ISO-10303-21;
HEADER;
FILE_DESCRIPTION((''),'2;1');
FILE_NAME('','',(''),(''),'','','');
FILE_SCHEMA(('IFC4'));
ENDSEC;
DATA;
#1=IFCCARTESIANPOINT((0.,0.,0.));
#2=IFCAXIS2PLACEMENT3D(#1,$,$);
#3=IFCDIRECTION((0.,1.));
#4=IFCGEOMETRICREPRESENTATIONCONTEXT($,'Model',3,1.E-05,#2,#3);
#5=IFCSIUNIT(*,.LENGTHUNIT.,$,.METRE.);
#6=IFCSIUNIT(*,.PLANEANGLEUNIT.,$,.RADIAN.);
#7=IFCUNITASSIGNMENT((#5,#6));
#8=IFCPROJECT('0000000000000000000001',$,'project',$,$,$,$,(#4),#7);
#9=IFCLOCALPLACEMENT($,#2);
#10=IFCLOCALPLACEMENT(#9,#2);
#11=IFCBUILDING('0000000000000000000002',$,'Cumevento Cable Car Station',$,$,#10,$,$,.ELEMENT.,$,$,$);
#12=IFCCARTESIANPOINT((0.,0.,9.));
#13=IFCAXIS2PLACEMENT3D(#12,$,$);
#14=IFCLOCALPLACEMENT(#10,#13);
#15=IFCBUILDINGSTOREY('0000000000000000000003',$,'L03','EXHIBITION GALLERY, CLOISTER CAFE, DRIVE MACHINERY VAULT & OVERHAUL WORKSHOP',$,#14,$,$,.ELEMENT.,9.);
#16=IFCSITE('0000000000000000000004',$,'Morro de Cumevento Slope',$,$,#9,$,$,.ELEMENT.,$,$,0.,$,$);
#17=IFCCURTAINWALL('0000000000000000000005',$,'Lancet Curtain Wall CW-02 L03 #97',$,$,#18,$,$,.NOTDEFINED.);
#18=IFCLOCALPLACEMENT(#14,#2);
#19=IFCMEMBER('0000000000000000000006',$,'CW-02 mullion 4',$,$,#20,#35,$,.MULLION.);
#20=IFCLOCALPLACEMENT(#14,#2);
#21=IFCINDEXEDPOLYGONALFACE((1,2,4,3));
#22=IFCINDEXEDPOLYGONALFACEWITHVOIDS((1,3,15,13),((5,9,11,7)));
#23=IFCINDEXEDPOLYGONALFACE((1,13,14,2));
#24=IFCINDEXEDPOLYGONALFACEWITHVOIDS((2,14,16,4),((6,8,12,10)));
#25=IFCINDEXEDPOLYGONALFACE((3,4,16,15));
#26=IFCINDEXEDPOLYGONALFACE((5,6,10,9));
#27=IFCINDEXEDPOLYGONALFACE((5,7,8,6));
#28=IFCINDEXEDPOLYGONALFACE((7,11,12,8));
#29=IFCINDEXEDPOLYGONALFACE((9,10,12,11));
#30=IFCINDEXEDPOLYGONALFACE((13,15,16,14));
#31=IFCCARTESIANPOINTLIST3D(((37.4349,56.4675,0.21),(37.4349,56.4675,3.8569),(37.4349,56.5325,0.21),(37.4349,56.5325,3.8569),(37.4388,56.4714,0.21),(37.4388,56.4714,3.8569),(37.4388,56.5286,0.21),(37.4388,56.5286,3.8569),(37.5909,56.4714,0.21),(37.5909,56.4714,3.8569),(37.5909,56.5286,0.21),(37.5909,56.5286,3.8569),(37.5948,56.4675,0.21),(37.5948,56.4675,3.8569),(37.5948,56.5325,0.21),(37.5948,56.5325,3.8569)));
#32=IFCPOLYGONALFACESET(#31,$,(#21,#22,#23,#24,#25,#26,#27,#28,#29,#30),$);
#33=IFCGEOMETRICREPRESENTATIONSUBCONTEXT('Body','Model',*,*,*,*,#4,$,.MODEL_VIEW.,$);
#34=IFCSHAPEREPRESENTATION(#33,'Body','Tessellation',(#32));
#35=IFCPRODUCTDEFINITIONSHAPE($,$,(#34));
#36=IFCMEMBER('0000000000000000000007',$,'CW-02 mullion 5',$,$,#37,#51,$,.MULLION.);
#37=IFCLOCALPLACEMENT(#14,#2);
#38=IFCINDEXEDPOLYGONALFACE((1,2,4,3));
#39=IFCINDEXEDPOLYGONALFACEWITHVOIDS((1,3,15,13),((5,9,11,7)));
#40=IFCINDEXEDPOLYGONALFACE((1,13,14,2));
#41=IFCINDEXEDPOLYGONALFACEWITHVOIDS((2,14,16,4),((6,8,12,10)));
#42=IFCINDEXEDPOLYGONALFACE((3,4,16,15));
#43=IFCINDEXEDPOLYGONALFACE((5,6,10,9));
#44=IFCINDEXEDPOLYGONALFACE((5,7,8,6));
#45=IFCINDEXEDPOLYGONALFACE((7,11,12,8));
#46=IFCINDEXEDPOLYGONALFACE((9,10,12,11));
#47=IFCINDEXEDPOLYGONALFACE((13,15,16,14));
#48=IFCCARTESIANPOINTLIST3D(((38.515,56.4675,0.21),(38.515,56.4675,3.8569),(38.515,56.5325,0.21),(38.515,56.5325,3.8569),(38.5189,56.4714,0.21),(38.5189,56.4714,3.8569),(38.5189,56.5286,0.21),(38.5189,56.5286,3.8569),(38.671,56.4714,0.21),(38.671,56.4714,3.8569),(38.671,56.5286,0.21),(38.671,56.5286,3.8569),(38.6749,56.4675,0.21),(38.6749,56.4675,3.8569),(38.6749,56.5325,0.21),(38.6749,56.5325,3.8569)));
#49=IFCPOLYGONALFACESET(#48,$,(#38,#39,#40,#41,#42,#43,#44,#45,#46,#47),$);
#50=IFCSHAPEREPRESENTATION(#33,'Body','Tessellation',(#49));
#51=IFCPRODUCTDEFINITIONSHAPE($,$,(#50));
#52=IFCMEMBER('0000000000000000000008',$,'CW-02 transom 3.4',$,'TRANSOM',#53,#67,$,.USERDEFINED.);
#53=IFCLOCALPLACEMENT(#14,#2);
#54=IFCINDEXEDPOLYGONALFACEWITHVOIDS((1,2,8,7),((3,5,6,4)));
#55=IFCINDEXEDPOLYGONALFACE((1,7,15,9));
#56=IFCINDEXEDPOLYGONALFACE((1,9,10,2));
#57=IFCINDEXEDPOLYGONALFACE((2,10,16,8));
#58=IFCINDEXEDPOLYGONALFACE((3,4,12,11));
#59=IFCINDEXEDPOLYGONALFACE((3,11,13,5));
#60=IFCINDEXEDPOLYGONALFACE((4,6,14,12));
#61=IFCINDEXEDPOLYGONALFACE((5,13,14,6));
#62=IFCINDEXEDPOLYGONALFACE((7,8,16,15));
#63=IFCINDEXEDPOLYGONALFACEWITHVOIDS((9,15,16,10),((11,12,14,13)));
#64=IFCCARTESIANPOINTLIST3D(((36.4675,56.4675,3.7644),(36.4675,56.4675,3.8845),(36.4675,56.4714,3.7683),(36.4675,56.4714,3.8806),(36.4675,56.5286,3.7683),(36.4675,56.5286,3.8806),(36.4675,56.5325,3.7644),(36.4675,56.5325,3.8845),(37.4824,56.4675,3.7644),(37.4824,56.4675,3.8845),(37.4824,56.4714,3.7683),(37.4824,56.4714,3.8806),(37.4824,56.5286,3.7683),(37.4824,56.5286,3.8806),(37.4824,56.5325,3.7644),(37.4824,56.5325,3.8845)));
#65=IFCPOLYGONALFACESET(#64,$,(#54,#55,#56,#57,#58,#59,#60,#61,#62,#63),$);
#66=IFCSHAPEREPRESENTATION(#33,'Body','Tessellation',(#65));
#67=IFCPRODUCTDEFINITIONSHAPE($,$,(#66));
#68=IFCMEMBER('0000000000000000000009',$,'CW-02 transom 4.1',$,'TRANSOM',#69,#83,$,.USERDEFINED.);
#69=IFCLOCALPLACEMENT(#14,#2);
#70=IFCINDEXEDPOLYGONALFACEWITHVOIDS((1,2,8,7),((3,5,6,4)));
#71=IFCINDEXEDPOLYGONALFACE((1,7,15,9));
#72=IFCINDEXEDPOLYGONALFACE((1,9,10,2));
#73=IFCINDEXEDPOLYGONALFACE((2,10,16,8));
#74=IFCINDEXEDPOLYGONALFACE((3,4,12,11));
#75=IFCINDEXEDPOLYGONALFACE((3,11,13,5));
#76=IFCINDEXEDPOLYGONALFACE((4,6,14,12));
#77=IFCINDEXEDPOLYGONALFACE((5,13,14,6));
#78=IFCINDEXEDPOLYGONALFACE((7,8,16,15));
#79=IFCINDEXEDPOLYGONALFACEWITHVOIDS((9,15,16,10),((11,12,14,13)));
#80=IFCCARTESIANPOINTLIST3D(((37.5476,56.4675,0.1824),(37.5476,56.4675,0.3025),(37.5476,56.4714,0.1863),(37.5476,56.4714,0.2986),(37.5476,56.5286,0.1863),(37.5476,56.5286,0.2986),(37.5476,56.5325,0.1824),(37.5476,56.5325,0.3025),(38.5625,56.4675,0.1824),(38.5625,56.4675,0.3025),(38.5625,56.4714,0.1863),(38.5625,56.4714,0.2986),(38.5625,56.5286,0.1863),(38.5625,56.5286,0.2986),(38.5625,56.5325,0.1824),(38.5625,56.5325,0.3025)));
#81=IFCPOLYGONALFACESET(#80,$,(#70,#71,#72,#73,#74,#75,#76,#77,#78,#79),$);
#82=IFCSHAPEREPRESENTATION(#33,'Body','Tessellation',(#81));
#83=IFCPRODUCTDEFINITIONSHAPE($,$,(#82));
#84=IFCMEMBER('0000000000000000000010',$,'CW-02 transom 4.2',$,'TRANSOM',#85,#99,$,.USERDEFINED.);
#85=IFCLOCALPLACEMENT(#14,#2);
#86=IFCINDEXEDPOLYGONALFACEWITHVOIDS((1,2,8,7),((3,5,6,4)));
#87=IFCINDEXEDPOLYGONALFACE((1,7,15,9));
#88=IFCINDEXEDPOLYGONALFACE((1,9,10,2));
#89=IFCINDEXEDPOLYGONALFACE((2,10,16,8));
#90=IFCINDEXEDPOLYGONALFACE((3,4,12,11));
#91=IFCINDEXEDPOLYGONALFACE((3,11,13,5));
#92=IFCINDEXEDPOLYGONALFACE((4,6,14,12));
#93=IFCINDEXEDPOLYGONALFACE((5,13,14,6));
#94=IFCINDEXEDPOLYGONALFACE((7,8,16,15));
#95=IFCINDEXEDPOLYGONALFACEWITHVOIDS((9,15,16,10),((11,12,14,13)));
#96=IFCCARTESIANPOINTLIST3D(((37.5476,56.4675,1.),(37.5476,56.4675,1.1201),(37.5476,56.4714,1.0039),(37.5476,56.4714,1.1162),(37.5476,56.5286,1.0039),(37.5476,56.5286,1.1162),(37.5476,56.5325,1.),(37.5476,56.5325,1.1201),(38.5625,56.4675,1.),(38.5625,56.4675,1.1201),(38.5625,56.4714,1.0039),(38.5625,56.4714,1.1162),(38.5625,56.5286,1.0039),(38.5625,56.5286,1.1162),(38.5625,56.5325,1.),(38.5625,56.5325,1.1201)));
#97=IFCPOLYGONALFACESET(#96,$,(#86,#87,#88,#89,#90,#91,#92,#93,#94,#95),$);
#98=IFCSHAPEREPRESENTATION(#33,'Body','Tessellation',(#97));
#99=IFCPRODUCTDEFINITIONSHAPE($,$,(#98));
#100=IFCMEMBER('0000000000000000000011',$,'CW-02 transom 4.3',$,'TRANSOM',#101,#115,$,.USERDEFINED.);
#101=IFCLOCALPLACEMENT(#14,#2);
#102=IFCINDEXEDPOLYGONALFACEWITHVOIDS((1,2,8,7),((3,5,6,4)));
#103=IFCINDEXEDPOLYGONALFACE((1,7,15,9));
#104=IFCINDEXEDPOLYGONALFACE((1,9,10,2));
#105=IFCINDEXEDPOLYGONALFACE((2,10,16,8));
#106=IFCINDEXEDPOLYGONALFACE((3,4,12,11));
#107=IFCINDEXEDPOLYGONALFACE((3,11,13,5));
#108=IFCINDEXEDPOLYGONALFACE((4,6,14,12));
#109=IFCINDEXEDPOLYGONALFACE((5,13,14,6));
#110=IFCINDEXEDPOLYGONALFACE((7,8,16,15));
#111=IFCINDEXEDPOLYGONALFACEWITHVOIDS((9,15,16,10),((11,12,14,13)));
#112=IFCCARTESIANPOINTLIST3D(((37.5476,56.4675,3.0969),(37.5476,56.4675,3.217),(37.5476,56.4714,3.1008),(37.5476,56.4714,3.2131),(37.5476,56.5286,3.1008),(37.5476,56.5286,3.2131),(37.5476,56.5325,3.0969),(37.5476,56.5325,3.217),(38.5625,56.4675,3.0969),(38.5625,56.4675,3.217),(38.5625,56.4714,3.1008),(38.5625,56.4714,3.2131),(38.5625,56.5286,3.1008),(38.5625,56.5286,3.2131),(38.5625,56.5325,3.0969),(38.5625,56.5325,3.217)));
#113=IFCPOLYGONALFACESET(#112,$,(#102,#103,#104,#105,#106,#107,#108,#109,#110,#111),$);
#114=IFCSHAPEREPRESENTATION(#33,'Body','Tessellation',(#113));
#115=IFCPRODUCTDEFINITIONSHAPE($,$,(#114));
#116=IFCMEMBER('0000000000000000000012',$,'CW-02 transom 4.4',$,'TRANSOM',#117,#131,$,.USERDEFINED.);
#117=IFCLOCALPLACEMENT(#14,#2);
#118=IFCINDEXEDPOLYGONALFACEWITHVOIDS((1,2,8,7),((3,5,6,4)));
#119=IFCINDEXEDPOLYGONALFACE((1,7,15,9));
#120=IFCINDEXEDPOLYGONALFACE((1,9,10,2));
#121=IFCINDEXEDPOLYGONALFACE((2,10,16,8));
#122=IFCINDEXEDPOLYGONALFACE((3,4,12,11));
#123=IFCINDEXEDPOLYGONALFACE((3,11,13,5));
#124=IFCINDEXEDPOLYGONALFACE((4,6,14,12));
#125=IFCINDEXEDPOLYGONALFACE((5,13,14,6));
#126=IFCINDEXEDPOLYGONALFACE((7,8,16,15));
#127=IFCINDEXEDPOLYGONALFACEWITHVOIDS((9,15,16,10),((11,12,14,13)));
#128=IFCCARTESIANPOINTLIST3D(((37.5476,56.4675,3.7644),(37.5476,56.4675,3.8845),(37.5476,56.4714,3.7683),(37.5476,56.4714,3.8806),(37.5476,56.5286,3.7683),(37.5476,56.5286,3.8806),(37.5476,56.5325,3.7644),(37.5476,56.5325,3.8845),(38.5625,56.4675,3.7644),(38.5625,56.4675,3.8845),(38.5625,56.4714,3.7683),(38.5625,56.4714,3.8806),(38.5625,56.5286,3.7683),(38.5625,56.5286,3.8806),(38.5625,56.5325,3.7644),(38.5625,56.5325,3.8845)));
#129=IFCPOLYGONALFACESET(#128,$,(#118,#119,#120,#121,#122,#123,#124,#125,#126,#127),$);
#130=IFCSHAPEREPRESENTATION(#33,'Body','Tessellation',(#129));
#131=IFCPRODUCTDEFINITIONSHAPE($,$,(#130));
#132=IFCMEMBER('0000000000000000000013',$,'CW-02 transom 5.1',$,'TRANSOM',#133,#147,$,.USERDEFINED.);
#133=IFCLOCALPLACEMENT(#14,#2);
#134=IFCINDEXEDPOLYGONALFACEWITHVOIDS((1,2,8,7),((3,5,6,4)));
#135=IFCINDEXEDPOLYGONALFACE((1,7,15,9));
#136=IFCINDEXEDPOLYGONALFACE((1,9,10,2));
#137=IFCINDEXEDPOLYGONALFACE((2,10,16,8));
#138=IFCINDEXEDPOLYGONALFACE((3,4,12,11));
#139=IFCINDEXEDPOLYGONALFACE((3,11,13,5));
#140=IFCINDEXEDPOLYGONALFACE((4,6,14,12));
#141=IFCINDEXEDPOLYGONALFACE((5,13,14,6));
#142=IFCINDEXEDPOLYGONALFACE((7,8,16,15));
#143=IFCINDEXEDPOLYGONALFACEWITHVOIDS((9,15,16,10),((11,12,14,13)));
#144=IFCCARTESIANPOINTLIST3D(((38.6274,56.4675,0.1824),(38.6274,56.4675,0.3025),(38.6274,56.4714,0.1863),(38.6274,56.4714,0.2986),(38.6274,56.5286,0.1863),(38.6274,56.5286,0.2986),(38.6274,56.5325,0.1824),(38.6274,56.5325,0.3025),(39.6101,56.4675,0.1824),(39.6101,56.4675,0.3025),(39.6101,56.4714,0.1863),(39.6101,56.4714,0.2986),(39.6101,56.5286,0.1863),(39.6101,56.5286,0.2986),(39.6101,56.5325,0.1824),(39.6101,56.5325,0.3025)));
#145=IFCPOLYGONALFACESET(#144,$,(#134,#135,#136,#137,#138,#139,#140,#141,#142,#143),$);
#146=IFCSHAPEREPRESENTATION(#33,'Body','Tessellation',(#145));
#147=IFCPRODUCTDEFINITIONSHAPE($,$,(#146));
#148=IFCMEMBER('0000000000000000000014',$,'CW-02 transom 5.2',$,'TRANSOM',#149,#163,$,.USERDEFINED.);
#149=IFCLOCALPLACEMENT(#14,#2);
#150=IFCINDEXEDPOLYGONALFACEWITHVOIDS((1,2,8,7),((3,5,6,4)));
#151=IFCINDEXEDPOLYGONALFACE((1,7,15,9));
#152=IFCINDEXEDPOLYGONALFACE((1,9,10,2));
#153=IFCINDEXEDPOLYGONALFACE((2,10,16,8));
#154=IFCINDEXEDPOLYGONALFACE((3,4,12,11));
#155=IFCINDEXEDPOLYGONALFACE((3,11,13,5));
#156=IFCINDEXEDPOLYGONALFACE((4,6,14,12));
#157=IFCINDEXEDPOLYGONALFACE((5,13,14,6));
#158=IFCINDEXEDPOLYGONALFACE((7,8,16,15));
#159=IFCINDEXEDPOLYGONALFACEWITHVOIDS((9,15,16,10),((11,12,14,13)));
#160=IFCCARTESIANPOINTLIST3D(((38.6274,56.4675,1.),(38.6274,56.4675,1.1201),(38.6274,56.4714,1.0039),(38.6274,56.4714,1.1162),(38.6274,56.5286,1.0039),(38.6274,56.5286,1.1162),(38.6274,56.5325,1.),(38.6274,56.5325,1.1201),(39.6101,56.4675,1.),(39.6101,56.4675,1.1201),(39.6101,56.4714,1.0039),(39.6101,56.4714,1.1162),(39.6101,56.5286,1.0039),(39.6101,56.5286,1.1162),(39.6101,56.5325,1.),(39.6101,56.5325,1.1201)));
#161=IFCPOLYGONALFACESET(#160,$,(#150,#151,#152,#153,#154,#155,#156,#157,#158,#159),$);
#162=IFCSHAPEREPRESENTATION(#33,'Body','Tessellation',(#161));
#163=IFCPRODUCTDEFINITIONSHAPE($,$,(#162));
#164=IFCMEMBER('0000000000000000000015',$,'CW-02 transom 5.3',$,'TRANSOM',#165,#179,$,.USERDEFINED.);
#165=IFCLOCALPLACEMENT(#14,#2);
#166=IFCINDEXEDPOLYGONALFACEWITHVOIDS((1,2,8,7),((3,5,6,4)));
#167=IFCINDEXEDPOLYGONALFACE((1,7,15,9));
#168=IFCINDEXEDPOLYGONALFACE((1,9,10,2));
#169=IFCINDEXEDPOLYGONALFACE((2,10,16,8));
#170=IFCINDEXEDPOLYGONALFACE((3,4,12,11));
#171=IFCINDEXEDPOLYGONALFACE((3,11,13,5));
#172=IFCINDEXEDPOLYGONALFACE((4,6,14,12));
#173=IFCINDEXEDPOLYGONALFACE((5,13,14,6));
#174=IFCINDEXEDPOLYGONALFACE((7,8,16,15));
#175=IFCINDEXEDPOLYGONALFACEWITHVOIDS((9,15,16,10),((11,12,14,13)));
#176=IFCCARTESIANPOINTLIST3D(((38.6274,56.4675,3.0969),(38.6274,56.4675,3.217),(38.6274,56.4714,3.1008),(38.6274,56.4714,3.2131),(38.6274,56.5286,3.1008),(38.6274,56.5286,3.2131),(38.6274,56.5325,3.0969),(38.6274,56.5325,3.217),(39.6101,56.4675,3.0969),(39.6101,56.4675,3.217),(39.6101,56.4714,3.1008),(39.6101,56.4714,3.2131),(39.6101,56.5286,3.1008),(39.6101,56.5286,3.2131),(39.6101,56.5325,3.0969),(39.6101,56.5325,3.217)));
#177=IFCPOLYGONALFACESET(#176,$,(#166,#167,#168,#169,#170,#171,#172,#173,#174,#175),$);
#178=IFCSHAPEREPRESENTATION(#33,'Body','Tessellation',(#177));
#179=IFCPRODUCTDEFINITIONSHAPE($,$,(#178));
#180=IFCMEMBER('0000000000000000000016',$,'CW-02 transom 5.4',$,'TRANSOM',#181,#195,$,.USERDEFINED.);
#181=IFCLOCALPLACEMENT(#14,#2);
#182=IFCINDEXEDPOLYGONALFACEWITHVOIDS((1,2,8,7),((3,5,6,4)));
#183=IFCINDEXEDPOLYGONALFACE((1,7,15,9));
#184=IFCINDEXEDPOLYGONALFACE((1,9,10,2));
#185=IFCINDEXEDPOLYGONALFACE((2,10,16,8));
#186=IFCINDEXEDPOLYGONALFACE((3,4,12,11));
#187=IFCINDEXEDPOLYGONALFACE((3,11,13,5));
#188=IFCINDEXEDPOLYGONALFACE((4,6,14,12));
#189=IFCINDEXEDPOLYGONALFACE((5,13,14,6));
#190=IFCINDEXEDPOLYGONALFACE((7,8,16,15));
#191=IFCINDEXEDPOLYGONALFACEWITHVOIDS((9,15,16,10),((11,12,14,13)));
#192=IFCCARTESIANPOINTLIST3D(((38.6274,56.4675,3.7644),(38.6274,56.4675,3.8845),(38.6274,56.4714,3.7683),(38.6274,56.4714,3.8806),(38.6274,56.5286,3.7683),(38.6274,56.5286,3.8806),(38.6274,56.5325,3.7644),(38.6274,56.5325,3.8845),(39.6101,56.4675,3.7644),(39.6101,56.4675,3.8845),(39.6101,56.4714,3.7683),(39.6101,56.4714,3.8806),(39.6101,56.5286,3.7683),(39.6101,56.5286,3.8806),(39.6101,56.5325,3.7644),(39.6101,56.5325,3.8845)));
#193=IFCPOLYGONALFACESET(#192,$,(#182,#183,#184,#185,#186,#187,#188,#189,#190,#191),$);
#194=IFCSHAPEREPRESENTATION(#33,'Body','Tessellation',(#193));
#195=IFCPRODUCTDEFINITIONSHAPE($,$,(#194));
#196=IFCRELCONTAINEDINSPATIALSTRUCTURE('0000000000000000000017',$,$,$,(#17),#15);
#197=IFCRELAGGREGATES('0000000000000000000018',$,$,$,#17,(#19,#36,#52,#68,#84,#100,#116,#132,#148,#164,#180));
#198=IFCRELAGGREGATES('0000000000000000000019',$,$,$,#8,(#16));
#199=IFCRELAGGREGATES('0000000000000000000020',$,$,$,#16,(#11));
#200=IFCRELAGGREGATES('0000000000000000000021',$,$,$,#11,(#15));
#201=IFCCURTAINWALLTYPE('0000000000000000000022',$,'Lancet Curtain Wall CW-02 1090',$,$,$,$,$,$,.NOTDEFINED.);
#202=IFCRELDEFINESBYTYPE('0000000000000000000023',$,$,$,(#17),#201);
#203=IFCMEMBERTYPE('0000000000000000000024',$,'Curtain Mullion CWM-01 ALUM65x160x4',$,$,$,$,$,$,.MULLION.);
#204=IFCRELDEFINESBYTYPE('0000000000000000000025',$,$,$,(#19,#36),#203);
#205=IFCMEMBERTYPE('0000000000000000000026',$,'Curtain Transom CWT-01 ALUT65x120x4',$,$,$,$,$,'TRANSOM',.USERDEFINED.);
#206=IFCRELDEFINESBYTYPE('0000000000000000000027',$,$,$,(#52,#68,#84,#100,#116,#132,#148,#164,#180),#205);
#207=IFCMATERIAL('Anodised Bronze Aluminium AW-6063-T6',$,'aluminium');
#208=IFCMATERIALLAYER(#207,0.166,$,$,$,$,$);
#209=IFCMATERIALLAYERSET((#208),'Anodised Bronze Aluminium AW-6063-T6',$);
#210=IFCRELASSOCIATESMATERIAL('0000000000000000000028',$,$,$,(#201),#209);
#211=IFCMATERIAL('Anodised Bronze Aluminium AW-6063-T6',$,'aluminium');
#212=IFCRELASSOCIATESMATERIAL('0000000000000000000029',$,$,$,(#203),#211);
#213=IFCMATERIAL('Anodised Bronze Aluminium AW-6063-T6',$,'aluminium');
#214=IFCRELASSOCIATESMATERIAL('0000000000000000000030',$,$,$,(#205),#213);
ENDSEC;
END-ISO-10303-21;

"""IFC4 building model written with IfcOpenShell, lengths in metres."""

from ifc_helpers import new_model, si_unit, direction, frame, origin, origin_2d, place, context, subcontext, project, spatial, hollow_rectangle, extrude, material, layer, layer_set, material_profile, profile_set, type_object, element, aggregate, save


model = new_model("IFC4")

# Units and contexts
model_context = context("Model", 3, precision=1e-05, world=origin(), true_north=direction((0.0, 1.0)))
body_context = subcontext(model_context, "Body", "Model", "MODEL_VIEW")
ifc_project = project(units=[si_unit("LENGTHUNIT", "METRE"), si_unit("PLANEANGLEUNIT", "RADIAN")], contexts=[model_context])

# Site, building, storey
site_placement = place(None, origin())
site = spatial("IfcSite", under=ifc_project, at=site_placement, Name="Morro de Cumevento Slope", CompositionType="ELEMENT", RefElevation=0.0)
building_placement = place(site_placement, origin())
building = spatial("IfcBuilding", under=site, at=building_placement, Name="Cumevento Cable Car Station", CompositionType="ELEMENT")
storey_placement = place(building_placement, frame((0.0, 0.0, 9.0)))
storey = spatial("IfcBuildingStorey", under=building, at=storey_placement, Name="L03", Description="EXHIBITION GALLERY, CLOISTER CAFE, DRIVE MACHINERY VAULT & OVERHAUL WORKSHOP", CompositionType="ELEMENT", Elevation=9.0)

# Curtain wall, members
ifc_material_1 = material(Name="Anodised Bronze Aluminium AW-6063-T6", Category="aluminium")
ifc_layer_1 = layer(ifc_material_1, 0.166)
ifc_layer_set_1 = layer_set([ifc_layer_1], Name="Anodised Bronze Aluminium AW-6063-T6")
curtain_wall_type = type_object("IfcCurtainWallType", Name="Lancet Curtain Wall CW-02 1090", PredefinedType="NOTDEFINED", material=ifc_layer_set_1)
curtain_wall_placement = place(storey_placement, origin())
curtain_wall = element("IfcCurtainWall", 1, at=curtain_wall_placement, inside=storey, type_object=curtain_wall_type, Name="Lancet Curtain Wall CW-02 L03 #97", PredefinedType="NOTDEFINED")
ifc_material_2 = material(Name="Anodised Bronze Aluminium AW-6063-T6", Category="aluminium")
ifc_material_profile_1 = material_profile(ifc_material_2, hollow_rectangle(XDim=0.0649, YDim=0.1599, WallThickness=0.0039, at=origin_2d()), Name="ALUM65x160x4")
ifc_profile_set_1 = profile_set([ifc_material_profile_1], Name="Anodised Bronze Aluminium AW-6063-T6")
member_type_1 = type_object("IfcMemberType", Name="Curtain Mullion CWM-01 ALUM65x160x4", PredefinedType="MULLION", material=ifc_profile_set_1)
member_1_placement = place(storey_placement, frame((37.5149, 56.5, 0.21), z_axis=(0.0, 0.0, 1.0), x_axis=(0.0, 1.0, 0.0)))
member_1 = element("IfcMember", 2, at=member_1_placement, type_object=member_type_1, Name="CW-02 mullion 4", PredefinedType="MULLION", context=body_context, shape_type="SweptSolid", body=[
    extrude(hollow_rectangle(XDim=0.0649, YDim=0.1599, WallThickness=0.0039, at=origin_2d()), origin(), (0.0, 0.0, 1.0), 3.647),
])
member_2_placement = place(storey_placement, frame((38.595, 56.5, 0.21), z_axis=(0.0, 0.0, 1.0), x_axis=(0.0, 1.0, 0.0)))
member_2 = element("IfcMember", 3, at=member_2_placement, type_object=member_type_1, Name="CW-02 mullion 5", PredefinedType="MULLION", context=body_context, shape_type="SweptSolid", body=[
    extrude(hollow_rectangle(XDim=0.0649, YDim=0.1599, WallThickness=0.0039, at=origin_2d()), origin(), (0.0, 0.0, 1.0), 3.647),
])
ifc_material_3 = material(Name="Anodised Bronze Aluminium AW-6063-T6", Category="aluminium")
ifc_material_profile_2 = material_profile(ifc_material_3, hollow_rectangle(XDim=0.0649, YDim=0.1201, WallThickness=0.0039, at=origin_2d()), Name="ALUT65x120x4")
ifc_profile_set_2 = profile_set([ifc_material_profile_2], Name="Anodised Bronze Aluminium AW-6063-T6")
member_type_2 = type_object("IfcMemberType", Name="Curtain Transom CWT-01 ALUT65x120x4", ElementType="TRANSOM", PredefinedType="USERDEFINED", material=ifc_profile_set_2)
member_3_placement = place(storey_placement, frame((36.4675, 56.5, 3.8245), z_axis=(1.0, 0.0, 0.0), x_axis=(0.0, 1.0, 0.0)))
member_3 = element("IfcMember", 4, at=member_3_placement, type_object=member_type_2, Name="CW-02 transom 3.4", ObjectType="TRANSOM", PredefinedType="USERDEFINED", context=body_context, shape_type="SweptSolid", body=[
    extrude(hollow_rectangle(XDim=0.0649, YDim=0.1201, WallThickness=0.0039, at=origin_2d()), origin(), (0.0, 0.0, 1.0), 1.0149),
])
member_4_placement = place(storey_placement, frame((37.5476, 56.5, 0.2424), z_axis=(1.0, 0.0, 0.0), x_axis=(0.0, 1.0, 0.0)))
member_4 = element("IfcMember", 5, at=member_4_placement, type_object=member_type_2, Name="CW-02 transom 4.1", ObjectType="TRANSOM", PredefinedType="USERDEFINED", context=body_context, shape_type="SweptSolid", body=[
    extrude(hollow_rectangle(XDim=0.0649, YDim=0.1201, WallThickness=0.0039, at=origin_2d()), origin(), (0.0, 0.0, 1.0), 1.0149),
])
member_5_placement = place(storey_placement, frame((37.5476, 56.5, 1.0601), z_axis=(1.0, 0.0, 0.0), x_axis=(0.0, 1.0, 0.0)))
member_5 = element("IfcMember", 6, at=member_5_placement, type_object=member_type_2, Name="CW-02 transom 4.2", ObjectType="TRANSOM", PredefinedType="USERDEFINED", context=body_context, shape_type="SweptSolid", body=[
    extrude(hollow_rectangle(XDim=0.0649, YDim=0.1201, WallThickness=0.0039, at=origin_2d()), origin(), (0.0, 0.0, 1.0), 1.0149),
])
member_6_placement = place(storey_placement, frame((37.5476, 56.5, 3.157), z_axis=(1.0, 0.0, 0.0), x_axis=(0.0, 1.0, 0.0)))
member_6 = element("IfcMember", 7, at=member_6_placement, type_object=member_type_2, Name="CW-02 transom 4.3", ObjectType="TRANSOM", PredefinedType="USERDEFINED", context=body_context, shape_type="SweptSolid", body=[
    extrude(hollow_rectangle(XDim=0.0649, YDim=0.1201, WallThickness=0.0039, at=origin_2d()), origin(), (0.0, 0.0, 1.0), 1.0149),
])
member_7_placement = place(storey_placement, frame((37.5476, 56.5, 3.8245), z_axis=(1.0, 0.0, 0.0), x_axis=(0.0, 1.0, 0.0)))
member_7 = element("IfcMember", 8, at=member_7_placement, type_object=member_type_2, Name="CW-02 transom 4.4", ObjectType="TRANSOM", PredefinedType="USERDEFINED", context=body_context, shape_type="SweptSolid", body=[
    extrude(hollow_rectangle(XDim=0.0649, YDim=0.1201, WallThickness=0.0039, at=origin_2d()), origin(), (0.0, 0.0, 1.0), 1.0149),
])
member_8_placement = place(storey_placement, frame((38.6274, 56.5, 0.2424), z_axis=(1.0, 0.0, 0.0), x_axis=(0.0, 1.0, 0.0)))
member_8 = element("IfcMember", 9, at=member_8_placement, type_object=member_type_2, Name="CW-02 transom 5.1", ObjectType="TRANSOM", PredefinedType="USERDEFINED", context=body_context, shape_type="SweptSolid", body=[
    extrude(hollow_rectangle(XDim=0.0649, YDim=0.1201, WallThickness=0.0039, at=origin_2d()), origin(), (0.0, 0.0, 1.0), 0.9827),
])
member_9_placement = place(storey_placement, frame((38.6274, 56.5, 1.0601), z_axis=(1.0, 0.0, 0.0), x_axis=(0.0, 1.0, 0.0)))
member_9 = element("IfcMember", 10, at=member_9_placement, type_object=member_type_2, Name="CW-02 transom 5.2", ObjectType="TRANSOM", PredefinedType="USERDEFINED", context=body_context, shape_type="SweptSolid", body=[
    extrude(hollow_rectangle(XDim=0.0649, YDim=0.1201, WallThickness=0.0039, at=origin_2d()), origin(), (0.0, 0.0, 1.0), 0.9827),
])
member_10_placement = place(storey_placement, frame((38.6274, 56.5, 3.157), z_axis=(1.0, 0.0, 0.0), x_axis=(0.0, 1.0, 0.0)))
member_10 = element("IfcMember", 11, at=member_10_placement, type_object=member_type_2, Name="CW-02 transom 5.3", ObjectType="TRANSOM", PredefinedType="USERDEFINED", context=body_context, shape_type="SweptSolid", body=[
    extrude(hollow_rectangle(XDim=0.0649, YDim=0.1201, WallThickness=0.0039, at=origin_2d()), origin(), (0.0, 0.0, 1.0), 0.9827),
])
member_11_placement = place(storey_placement, frame((38.6274, 56.5, 3.8245), z_axis=(1.0, 0.0, 0.0), x_axis=(0.0, 1.0, 0.0)))
member_11 = element("IfcMember", 12, at=member_11_placement, type_object=member_type_2, Name="CW-02 transom 5.4", ObjectType="TRANSOM", PredefinedType="USERDEFINED", context=body_context, shape_type="SweptSolid", body=[
    extrude(hollow_rectangle(XDim=0.0649, YDim=0.1201, WallThickness=0.0039, at=origin_2d()), origin(), (0.0, 0.0, 1.0), 0.9827),
])
aggregate(curtain_wall, [member_1, member_2, member_3, member_4, member_5, member_6, member_7, member_8, member_9, member_10, member_11])

save(model, "model.ifc")
